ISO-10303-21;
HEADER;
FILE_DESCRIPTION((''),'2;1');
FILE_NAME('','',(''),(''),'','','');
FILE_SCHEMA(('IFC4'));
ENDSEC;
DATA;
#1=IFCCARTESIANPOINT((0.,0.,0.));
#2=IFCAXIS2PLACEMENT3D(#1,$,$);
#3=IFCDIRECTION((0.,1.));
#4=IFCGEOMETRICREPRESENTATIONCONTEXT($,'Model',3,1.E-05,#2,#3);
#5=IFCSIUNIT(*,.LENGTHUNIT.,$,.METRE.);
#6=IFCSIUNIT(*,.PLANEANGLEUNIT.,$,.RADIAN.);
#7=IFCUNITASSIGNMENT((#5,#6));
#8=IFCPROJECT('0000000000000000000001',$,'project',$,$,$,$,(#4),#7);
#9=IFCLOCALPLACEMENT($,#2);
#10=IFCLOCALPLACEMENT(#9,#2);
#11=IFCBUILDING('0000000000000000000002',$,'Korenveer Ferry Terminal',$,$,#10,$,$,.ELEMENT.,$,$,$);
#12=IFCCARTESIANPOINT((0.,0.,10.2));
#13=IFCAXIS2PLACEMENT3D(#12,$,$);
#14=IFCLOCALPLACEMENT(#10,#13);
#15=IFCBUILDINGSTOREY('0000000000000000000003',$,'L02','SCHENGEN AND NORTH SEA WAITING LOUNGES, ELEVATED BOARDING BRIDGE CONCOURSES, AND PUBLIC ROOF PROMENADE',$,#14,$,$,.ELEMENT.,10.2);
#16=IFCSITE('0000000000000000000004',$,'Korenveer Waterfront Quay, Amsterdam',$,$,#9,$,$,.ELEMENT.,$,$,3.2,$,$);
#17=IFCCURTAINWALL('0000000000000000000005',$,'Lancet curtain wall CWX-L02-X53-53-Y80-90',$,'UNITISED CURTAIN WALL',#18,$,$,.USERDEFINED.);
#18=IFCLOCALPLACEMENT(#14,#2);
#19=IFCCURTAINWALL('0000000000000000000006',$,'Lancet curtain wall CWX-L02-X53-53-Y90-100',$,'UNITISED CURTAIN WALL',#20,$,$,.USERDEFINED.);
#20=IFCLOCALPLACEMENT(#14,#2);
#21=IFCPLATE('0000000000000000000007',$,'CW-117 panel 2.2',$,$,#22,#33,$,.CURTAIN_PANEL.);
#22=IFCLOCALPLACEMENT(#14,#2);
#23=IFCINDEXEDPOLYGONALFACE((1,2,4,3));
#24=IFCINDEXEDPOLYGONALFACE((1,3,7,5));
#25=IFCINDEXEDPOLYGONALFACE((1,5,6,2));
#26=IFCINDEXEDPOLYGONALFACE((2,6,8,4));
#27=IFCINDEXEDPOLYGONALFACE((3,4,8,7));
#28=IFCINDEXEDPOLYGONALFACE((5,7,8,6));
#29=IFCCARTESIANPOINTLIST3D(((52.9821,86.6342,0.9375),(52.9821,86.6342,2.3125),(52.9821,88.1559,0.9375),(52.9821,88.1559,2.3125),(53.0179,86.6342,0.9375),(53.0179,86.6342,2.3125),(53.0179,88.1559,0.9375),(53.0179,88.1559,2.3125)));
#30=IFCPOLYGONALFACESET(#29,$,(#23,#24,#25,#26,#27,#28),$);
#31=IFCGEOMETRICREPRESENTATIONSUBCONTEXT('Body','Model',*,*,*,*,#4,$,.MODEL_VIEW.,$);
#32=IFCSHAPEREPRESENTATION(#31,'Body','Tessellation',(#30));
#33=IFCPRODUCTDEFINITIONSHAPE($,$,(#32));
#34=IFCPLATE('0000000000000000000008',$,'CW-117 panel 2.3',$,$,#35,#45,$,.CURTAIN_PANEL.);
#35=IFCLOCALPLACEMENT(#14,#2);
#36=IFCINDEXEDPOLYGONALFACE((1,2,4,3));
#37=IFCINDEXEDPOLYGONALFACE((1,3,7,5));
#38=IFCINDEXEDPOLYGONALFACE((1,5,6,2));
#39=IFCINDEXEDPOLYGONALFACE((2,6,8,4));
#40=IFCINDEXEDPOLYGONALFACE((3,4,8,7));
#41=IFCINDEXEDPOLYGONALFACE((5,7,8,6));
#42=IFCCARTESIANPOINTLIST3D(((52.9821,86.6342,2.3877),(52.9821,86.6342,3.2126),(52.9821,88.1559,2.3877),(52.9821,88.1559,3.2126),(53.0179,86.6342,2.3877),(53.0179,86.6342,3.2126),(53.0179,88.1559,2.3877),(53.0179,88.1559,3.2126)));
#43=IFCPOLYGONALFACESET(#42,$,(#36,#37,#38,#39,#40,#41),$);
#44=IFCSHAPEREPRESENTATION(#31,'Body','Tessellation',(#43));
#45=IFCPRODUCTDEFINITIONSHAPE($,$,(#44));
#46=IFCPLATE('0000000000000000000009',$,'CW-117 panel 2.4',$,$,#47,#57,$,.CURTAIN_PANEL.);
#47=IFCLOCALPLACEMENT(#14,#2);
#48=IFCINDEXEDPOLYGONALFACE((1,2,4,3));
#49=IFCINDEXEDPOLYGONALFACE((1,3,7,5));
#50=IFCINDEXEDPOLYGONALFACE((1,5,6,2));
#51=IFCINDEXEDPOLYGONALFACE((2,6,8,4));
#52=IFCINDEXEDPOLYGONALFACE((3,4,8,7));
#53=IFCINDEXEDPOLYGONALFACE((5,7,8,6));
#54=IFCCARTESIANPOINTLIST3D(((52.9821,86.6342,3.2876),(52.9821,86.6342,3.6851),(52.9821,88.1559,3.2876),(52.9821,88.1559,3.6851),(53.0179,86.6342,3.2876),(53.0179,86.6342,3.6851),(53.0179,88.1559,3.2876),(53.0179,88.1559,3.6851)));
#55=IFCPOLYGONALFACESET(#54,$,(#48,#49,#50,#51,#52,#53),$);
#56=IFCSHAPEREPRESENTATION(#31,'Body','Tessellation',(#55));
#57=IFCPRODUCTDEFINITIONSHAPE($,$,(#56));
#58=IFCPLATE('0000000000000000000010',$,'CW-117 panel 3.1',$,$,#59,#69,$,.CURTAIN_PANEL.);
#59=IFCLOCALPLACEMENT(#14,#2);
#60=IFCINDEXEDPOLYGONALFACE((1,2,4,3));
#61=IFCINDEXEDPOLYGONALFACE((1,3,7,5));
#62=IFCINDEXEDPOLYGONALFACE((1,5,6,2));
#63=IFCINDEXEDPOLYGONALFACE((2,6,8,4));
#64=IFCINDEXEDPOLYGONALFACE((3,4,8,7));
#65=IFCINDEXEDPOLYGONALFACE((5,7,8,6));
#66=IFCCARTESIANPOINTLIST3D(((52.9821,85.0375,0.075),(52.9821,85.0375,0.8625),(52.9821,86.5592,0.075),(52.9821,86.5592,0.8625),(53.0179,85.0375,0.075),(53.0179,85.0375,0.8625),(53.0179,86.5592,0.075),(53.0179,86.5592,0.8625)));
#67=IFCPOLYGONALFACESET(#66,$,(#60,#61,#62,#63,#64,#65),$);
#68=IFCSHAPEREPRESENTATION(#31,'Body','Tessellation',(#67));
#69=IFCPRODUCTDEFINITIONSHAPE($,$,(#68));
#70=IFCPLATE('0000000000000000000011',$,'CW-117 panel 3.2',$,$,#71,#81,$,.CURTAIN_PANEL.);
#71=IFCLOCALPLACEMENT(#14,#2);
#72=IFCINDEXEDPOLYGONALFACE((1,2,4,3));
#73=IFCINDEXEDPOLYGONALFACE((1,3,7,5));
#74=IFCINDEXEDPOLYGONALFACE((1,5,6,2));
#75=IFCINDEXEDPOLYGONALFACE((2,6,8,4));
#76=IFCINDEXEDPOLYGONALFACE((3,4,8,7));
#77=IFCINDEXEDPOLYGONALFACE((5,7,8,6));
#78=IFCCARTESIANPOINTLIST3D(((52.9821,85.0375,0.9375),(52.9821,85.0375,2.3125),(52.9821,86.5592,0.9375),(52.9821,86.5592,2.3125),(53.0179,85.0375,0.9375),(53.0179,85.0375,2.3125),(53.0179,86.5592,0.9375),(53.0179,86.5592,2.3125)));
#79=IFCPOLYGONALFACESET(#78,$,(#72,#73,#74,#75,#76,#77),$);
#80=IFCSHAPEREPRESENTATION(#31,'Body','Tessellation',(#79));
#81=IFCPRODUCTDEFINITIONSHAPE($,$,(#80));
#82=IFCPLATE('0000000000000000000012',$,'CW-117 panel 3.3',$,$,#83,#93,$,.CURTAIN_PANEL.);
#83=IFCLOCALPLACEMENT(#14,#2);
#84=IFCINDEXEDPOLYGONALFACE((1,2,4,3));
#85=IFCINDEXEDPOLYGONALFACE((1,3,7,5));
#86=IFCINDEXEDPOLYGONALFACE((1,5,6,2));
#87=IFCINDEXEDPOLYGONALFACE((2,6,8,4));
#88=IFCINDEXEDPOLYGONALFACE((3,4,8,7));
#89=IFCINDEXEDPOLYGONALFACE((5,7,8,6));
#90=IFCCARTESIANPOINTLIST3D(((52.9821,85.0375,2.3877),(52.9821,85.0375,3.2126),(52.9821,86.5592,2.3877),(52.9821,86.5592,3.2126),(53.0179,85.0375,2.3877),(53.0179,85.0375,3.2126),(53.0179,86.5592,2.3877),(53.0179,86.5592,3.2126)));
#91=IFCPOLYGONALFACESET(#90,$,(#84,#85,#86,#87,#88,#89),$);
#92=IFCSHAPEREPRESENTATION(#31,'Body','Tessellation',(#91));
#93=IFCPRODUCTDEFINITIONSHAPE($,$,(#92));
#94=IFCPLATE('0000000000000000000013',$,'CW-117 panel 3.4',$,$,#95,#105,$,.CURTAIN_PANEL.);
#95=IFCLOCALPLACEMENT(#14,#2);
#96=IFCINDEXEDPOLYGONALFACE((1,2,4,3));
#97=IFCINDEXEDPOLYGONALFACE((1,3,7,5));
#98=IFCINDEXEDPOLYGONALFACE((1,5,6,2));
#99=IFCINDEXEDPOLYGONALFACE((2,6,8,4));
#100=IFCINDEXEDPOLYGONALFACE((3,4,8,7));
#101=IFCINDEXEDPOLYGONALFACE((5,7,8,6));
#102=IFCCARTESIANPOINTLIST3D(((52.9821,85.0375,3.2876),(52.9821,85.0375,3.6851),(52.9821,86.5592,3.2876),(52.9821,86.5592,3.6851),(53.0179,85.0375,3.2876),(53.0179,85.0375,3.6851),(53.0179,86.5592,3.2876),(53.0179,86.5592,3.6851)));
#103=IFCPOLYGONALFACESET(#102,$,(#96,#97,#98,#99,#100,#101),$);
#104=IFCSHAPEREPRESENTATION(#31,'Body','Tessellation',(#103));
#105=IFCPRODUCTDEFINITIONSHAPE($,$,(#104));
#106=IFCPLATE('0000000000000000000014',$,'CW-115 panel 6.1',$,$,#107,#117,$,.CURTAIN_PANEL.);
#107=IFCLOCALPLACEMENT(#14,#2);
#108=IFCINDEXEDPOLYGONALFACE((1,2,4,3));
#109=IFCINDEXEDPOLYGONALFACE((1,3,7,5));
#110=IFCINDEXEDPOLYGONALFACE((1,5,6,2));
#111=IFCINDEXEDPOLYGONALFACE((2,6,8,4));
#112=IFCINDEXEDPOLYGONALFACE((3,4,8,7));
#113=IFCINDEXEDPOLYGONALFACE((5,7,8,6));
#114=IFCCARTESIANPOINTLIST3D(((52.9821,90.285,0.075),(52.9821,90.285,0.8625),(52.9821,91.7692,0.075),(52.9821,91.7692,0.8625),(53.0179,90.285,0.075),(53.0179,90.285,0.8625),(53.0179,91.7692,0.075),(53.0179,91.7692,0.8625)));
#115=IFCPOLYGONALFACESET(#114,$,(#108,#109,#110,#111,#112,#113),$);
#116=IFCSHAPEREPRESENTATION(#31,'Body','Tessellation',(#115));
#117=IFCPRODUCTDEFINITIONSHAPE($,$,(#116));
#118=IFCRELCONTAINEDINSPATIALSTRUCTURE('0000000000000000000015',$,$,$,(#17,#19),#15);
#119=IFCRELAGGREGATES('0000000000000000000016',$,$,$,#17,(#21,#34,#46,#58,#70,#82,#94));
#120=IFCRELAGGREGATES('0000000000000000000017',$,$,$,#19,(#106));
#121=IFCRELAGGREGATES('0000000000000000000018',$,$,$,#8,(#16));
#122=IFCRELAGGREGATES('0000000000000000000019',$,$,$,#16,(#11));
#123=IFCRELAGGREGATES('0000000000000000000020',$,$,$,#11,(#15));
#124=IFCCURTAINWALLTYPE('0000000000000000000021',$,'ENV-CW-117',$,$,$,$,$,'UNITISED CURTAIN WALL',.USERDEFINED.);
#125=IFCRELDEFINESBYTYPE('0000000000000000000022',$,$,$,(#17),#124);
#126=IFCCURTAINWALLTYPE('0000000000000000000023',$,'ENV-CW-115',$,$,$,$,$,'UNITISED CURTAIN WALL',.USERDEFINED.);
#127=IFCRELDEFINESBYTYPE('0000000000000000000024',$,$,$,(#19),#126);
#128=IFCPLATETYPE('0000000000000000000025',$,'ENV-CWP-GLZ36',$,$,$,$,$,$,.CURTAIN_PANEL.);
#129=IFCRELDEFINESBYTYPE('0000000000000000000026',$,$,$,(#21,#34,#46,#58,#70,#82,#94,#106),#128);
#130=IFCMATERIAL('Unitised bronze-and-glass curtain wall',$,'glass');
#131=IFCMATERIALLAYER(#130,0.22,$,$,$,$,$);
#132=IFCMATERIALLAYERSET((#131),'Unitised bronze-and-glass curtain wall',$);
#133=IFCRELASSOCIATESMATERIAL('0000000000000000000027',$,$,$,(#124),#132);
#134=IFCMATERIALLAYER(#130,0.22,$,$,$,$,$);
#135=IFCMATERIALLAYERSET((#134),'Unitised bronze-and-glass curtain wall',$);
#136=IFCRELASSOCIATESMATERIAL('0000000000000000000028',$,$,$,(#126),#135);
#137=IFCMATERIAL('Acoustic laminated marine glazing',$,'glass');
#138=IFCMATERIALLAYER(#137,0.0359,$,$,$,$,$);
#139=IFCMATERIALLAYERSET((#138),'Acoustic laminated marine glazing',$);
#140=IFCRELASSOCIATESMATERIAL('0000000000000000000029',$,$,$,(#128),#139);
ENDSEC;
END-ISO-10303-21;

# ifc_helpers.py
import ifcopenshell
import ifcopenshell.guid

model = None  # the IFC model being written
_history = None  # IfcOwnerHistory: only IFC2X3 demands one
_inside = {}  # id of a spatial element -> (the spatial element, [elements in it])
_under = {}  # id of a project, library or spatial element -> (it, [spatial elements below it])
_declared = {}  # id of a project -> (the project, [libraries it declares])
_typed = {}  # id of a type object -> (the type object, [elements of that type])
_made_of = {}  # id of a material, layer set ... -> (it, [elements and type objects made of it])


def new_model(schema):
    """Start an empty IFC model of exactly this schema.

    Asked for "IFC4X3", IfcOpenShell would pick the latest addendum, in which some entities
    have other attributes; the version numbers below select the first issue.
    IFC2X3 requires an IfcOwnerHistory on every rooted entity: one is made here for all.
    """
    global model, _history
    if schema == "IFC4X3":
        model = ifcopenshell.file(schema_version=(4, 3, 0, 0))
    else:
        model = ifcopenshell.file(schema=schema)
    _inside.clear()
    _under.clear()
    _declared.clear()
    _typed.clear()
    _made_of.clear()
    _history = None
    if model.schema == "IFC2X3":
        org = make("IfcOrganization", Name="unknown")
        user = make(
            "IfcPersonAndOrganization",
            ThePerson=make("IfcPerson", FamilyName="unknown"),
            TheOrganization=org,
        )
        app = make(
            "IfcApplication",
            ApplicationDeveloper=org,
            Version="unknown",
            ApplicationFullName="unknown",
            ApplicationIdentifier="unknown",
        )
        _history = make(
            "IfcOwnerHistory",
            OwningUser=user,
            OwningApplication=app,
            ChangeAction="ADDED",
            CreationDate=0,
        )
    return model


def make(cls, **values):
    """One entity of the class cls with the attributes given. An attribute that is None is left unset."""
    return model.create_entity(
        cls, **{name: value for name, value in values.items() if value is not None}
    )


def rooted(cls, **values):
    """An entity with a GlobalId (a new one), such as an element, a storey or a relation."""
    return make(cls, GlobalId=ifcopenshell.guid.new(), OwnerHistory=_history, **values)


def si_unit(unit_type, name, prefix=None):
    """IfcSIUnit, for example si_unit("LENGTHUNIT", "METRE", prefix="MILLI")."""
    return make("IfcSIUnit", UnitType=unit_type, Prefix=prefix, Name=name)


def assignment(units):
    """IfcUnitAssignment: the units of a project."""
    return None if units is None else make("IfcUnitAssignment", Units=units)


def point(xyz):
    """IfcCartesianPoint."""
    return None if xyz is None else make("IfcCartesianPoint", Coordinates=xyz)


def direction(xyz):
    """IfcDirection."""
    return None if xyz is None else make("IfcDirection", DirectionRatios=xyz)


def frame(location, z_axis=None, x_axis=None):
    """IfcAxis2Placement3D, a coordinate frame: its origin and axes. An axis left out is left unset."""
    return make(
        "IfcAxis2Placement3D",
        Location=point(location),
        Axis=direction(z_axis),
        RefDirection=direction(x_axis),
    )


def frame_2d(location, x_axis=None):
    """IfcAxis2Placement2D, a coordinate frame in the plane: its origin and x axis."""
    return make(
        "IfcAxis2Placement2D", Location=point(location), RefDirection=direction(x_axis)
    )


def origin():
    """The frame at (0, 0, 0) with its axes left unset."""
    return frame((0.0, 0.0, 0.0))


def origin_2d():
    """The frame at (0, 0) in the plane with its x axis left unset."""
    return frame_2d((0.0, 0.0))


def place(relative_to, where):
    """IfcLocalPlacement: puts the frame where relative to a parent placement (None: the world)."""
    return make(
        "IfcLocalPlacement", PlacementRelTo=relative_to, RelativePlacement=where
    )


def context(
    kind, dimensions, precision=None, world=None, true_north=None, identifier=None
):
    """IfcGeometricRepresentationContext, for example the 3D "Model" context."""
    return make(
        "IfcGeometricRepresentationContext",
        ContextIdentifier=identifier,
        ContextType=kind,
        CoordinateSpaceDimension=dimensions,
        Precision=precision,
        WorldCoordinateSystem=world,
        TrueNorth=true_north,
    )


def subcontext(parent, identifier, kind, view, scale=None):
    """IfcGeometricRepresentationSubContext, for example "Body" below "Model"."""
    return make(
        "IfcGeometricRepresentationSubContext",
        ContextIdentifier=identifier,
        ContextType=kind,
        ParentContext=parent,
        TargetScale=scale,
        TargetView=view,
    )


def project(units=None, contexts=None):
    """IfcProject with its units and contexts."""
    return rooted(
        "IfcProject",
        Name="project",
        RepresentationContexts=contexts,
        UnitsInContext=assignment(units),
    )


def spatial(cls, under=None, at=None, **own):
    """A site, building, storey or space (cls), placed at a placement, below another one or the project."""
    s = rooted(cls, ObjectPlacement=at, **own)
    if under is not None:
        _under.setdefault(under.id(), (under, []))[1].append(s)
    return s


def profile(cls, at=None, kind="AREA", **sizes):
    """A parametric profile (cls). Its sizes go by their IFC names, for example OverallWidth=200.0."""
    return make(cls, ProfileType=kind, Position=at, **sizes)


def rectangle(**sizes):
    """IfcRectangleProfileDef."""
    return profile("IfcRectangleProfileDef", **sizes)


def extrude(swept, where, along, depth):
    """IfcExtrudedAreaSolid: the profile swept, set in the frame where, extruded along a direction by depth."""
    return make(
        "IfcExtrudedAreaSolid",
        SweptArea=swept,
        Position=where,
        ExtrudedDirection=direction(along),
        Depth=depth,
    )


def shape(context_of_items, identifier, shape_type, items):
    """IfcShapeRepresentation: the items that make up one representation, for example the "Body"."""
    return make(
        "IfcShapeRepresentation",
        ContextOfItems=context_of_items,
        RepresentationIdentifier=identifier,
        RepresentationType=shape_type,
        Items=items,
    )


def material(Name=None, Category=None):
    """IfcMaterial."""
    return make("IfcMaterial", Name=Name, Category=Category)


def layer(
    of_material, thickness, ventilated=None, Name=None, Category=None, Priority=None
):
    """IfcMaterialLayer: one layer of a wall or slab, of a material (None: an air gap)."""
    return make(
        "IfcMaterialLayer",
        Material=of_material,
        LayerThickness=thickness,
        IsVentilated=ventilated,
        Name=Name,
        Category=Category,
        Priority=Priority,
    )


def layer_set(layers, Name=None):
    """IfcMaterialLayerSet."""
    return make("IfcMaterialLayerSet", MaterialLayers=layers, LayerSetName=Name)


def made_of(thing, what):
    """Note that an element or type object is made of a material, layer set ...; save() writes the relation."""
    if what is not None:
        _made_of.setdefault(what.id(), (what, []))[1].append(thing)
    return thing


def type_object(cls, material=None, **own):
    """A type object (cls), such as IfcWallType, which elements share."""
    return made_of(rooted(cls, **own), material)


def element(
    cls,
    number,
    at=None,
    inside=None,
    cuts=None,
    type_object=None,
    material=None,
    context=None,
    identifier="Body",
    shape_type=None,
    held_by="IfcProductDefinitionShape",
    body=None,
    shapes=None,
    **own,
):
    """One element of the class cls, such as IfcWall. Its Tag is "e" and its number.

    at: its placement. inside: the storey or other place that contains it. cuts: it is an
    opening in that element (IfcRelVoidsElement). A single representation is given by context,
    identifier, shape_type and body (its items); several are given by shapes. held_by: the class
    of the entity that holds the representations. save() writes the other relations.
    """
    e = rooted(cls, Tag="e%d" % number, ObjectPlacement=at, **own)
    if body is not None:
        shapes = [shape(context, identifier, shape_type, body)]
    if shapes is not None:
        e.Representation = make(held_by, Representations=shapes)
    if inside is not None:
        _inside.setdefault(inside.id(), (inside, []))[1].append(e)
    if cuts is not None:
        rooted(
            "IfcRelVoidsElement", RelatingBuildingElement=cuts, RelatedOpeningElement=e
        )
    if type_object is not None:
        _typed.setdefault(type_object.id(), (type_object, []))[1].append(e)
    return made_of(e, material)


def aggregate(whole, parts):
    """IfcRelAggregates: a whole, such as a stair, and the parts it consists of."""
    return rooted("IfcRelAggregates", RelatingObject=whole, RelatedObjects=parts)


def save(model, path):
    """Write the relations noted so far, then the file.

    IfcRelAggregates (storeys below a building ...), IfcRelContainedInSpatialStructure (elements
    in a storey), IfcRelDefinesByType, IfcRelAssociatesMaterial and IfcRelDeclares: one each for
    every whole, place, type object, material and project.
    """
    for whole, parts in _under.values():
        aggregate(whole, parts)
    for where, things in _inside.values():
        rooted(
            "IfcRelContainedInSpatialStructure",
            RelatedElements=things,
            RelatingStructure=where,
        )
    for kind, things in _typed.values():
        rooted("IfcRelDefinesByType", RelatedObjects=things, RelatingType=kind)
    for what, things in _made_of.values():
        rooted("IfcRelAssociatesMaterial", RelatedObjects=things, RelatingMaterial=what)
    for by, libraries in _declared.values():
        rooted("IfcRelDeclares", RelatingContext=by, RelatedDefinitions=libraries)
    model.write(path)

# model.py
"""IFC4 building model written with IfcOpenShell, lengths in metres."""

from ifc_helpers import new_model, si_unit, direction, frame, origin, origin_2d, place, context, subcontext, project, spatial, rectangle, extrude, material, layer, layer_set, type_object, element, aggregate, save


model = new_model("IFC4")

# Units and contexts
model_context = context("Model", 3, precision=1e-05, world=origin(), true_north=direction((0.0, 1.0)))
body_context = subcontext(model_context, "Body", "Model", "MODEL_VIEW")
ifc_project = project(units=[si_unit("LENGTHUNIT", "METRE"), si_unit("PLANEANGLEUNIT", "RADIAN")], contexts=[model_context])

# Site, building, storey
site_placement = place(None, origin())
site = spatial("IfcSite", under=ifc_project, at=site_placement, Name="Korenveer Waterfront Quay, Amsterdam", CompositionType="ELEMENT", RefElevation=3.2)
building_placement = place(site_placement, origin())
building = spatial("IfcBuilding", under=site, at=building_placement, Name="Korenveer Ferry Terminal", CompositionType="ELEMENT")
storey_placement = place(building_placement, frame((0.0, 0.0, 10.2)))
storey = spatial("IfcBuildingStorey", under=building, at=storey_placement, Name="L02", Description="SCHENGEN AND NORTH SEA WAITING LOUNGES, ELEVATED BOARDING BRIDGE CONCOURSES, AND PUBLIC ROOF PROMENADE", CompositionType="ELEMENT", Elevation=10.2)

# Curtain wall
ifc_material_1 = material(Name="Unitised bronze-and-glass curtain wall", Category="glass")
ifc_layer_1 = layer(ifc_material_1, 0.22)
ifc_layer_set_1 = layer_set([ifc_layer_1], Name="Unitised bronze-and-glass curtain wall")
curtain_wall_type_1 = type_object("IfcCurtainWallType", Name="ENV-CW-117", ElementType="UNITISED CURTAIN WALL", PredefinedType="USERDEFINED", material=ifc_layer_set_1)
curtain_wall_1_placement = place(storey_placement, frame((53.0, 89.79, 0.0)))
curtain_wall_1 = element("IfcCurtainWall", 1, at=curtain_wall_1_placement, inside=storey, type_object=curtain_wall_type_1, Name="Lancet curtain wall CWX-L02-X53-53-Y80-90", ObjectType="UNITISED CURTAIN WALL", PredefinedType="USERDEFINED")

# Curtain wall
ifc_layer_2 = layer(ifc_material_1, 0.22)
ifc_layer_set_2 = layer_set([ifc_layer_2], Name="Unitised bronze-and-glass curtain wall")
curtain_wall_type_2 = type_object("IfcCurtainWallType", Name="ENV-CW-115", ElementType="UNITISED CURTAIN WALL", PredefinedType="USERDEFINED", material=ifc_layer_set_2)
curtain_wall_2_placement = place(storey_placement, frame((53.0, 99.79, 0.0)))
curtain_wall_2 = element("IfcCurtainWall", 2, at=curtain_wall_2_placement, inside=storey, type_object=curtain_wall_type_2, Name="Lancet curtain wall CWX-L02-X53-53-Y90-100", ObjectType="UNITISED CURTAIN WALL", PredefinedType="USERDEFINED")

# Plates
ifc_material_2 = material(Name="Acoustic laminated marine glazing", Category="glass")
ifc_layer_3 = layer(ifc_material_2, 0.0359)
ifc_layer_set_3 = layer_set([ifc_layer_3], Name="Acoustic laminated marine glazing")
plate_type = type_object("IfcPlateType", Name="ENV-CWP-GLZ36", PredefinedType="CURTAIN_PANEL", material=ifc_layer_set_3)
plate_1_placement = place(storey_placement, frame((53.0, 87.395, 0.9375), z_axis=(0.0, 0.0, 1.0), x_axis=(0.0, -1.0, 0.0)))
plate_1 = element("IfcPlate", 3, at=plate_1_placement, type_object=plate_type, Name="CW-117 panel 2.2", PredefinedType="CURTAIN_PANEL", context=body_context, shape_type="SweptSolid", body=[
    extrude(rectangle(XDim=1.5217, YDim=0.0359, at=origin_2d()), origin(), (0.0, 0.0, 1.0), 1.375),
])
plate_2_placement = place(storey_placement, frame((53.0, 87.395, 2.3877), z_axis=(0.0, 0.0, 1.0), x_axis=(0.0, -1.0, 0.0)))
plate_2 = element("IfcPlate", 4, at=plate_2_placement, type_object=plate_type, Name="CW-117 panel 2.3", PredefinedType="CURTAIN_PANEL", context=body_context, shape_type="SweptSolid", body=[
    extrude(rectangle(XDim=1.5217, YDim=0.0359, at=origin_2d()), origin(), (0.0, 0.0, 1.0), 0.825),
])
plate_3_placement = place(storey_placement, frame((53.0, 87.395, 3.2876), z_axis=(0.0, 0.0, 1.0), x_axis=(0.0, -1.0, 0.0)))
plate_3 = element("IfcPlate", 5, at=plate_3_placement, type_object=plate_type, Name="CW-117 panel 2.4", PredefinedType="CURTAIN_PANEL", context=body_context, shape_type="SweptSolid", body=[
    extrude(rectangle(XDim=1.5217, YDim=0.0359, at=origin_2d()), origin(), (0.0, 0.0, 1.0), 0.3975),
])
plate_4_placement = place(storey_placement, frame((53.0, 85.7983, 0.075), z_axis=(0.0, 0.0, 1.0), x_axis=(0.0, -1.0, 0.0)))
plate_4 = element("IfcPlate", 6, at=plate_4_placement, type_object=plate_type, Name="CW-117 panel 3.1", PredefinedType="CURTAIN_PANEL", context=body_context, shape_type="SweptSolid", body=[
    extrude(rectangle(XDim=1.5217, YDim=0.0359, at=origin_2d()), origin(), (0.0, 0.0, 1.0), 0.7876),
])
plate_5_placement = place(storey_placement, frame((53.0, 85.7983, 0.9375), z_axis=(0.0, 0.0, 1.0), x_axis=(0.0, -1.0, 0.0)))
plate_5 = element("IfcPlate", 7, at=plate_5_placement, type_object=plate_type, Name="CW-117 panel 3.2", PredefinedType="CURTAIN_PANEL", context=body_context, shape_type="SweptSolid", body=[
    extrude(rectangle(XDim=1.5217, YDim=0.0359, at=origin_2d()), origin(), (0.0, 0.0, 1.0), 1.375),
])
plate_6_placement = place(storey_placement, frame((53.0, 85.7983, 2.3877), z_axis=(0.0, 0.0, 1.0), x_axis=(0.0, -1.0, 0.0)))
plate_6 = element("IfcPlate", 8, at=plate_6_placement, type_object=plate_type, Name="CW-117 panel 3.3", PredefinedType="CURTAIN_PANEL", context=body_context, shape_type="SweptSolid", body=[
    extrude(rectangle(XDim=1.5217, YDim=0.0359, at=origin_2d()), origin(), (0.0, 0.0, 1.0), 0.825),
])
plate_7_placement = place(storey_placement, frame((53.0, 85.7983, 3.2876), z_axis=(0.0, 0.0, 1.0), x_axis=(0.0, -1.0, 0.0)))
plate_7 = element("IfcPlate", 9, at=plate_7_placement, type_object=plate_type, Name="CW-117 panel 3.4", PredefinedType="CURTAIN_PANEL", context=body_context, shape_type="SweptSolid", body=[
    extrude(rectangle(XDim=1.5217, YDim=0.0359, at=origin_2d()), origin(), (0.0, 0.0, 1.0), 0.3975),
])
aggregate(curtain_wall_1, [plate_1, plate_2, plate_3, plate_4, plate_5, plate_6, plate_7])
plate_8_placement = place(storey_placement, frame((53.0, 91.0271, 0.075), z_axis=(0.0, 0.0, 1.0), x_axis=(0.0, -1.0, 0.0)))
plate_8 = element("IfcPlate", 10, at=plate_8_placement, type_object=plate_type, Name="CW-115 panel 6.1", PredefinedType="CURTAIN_PANEL", context=body_context, shape_type="SweptSolid", body=[
    extrude(rectangle(XDim=1.4841, YDim=0.0359, at=origin_2d()), origin(), (0.0, 0.0, 1.0), 0.7876),
])
aggregate(curtain_wall_2, [plate_8])

save(model, "model.ifc")
